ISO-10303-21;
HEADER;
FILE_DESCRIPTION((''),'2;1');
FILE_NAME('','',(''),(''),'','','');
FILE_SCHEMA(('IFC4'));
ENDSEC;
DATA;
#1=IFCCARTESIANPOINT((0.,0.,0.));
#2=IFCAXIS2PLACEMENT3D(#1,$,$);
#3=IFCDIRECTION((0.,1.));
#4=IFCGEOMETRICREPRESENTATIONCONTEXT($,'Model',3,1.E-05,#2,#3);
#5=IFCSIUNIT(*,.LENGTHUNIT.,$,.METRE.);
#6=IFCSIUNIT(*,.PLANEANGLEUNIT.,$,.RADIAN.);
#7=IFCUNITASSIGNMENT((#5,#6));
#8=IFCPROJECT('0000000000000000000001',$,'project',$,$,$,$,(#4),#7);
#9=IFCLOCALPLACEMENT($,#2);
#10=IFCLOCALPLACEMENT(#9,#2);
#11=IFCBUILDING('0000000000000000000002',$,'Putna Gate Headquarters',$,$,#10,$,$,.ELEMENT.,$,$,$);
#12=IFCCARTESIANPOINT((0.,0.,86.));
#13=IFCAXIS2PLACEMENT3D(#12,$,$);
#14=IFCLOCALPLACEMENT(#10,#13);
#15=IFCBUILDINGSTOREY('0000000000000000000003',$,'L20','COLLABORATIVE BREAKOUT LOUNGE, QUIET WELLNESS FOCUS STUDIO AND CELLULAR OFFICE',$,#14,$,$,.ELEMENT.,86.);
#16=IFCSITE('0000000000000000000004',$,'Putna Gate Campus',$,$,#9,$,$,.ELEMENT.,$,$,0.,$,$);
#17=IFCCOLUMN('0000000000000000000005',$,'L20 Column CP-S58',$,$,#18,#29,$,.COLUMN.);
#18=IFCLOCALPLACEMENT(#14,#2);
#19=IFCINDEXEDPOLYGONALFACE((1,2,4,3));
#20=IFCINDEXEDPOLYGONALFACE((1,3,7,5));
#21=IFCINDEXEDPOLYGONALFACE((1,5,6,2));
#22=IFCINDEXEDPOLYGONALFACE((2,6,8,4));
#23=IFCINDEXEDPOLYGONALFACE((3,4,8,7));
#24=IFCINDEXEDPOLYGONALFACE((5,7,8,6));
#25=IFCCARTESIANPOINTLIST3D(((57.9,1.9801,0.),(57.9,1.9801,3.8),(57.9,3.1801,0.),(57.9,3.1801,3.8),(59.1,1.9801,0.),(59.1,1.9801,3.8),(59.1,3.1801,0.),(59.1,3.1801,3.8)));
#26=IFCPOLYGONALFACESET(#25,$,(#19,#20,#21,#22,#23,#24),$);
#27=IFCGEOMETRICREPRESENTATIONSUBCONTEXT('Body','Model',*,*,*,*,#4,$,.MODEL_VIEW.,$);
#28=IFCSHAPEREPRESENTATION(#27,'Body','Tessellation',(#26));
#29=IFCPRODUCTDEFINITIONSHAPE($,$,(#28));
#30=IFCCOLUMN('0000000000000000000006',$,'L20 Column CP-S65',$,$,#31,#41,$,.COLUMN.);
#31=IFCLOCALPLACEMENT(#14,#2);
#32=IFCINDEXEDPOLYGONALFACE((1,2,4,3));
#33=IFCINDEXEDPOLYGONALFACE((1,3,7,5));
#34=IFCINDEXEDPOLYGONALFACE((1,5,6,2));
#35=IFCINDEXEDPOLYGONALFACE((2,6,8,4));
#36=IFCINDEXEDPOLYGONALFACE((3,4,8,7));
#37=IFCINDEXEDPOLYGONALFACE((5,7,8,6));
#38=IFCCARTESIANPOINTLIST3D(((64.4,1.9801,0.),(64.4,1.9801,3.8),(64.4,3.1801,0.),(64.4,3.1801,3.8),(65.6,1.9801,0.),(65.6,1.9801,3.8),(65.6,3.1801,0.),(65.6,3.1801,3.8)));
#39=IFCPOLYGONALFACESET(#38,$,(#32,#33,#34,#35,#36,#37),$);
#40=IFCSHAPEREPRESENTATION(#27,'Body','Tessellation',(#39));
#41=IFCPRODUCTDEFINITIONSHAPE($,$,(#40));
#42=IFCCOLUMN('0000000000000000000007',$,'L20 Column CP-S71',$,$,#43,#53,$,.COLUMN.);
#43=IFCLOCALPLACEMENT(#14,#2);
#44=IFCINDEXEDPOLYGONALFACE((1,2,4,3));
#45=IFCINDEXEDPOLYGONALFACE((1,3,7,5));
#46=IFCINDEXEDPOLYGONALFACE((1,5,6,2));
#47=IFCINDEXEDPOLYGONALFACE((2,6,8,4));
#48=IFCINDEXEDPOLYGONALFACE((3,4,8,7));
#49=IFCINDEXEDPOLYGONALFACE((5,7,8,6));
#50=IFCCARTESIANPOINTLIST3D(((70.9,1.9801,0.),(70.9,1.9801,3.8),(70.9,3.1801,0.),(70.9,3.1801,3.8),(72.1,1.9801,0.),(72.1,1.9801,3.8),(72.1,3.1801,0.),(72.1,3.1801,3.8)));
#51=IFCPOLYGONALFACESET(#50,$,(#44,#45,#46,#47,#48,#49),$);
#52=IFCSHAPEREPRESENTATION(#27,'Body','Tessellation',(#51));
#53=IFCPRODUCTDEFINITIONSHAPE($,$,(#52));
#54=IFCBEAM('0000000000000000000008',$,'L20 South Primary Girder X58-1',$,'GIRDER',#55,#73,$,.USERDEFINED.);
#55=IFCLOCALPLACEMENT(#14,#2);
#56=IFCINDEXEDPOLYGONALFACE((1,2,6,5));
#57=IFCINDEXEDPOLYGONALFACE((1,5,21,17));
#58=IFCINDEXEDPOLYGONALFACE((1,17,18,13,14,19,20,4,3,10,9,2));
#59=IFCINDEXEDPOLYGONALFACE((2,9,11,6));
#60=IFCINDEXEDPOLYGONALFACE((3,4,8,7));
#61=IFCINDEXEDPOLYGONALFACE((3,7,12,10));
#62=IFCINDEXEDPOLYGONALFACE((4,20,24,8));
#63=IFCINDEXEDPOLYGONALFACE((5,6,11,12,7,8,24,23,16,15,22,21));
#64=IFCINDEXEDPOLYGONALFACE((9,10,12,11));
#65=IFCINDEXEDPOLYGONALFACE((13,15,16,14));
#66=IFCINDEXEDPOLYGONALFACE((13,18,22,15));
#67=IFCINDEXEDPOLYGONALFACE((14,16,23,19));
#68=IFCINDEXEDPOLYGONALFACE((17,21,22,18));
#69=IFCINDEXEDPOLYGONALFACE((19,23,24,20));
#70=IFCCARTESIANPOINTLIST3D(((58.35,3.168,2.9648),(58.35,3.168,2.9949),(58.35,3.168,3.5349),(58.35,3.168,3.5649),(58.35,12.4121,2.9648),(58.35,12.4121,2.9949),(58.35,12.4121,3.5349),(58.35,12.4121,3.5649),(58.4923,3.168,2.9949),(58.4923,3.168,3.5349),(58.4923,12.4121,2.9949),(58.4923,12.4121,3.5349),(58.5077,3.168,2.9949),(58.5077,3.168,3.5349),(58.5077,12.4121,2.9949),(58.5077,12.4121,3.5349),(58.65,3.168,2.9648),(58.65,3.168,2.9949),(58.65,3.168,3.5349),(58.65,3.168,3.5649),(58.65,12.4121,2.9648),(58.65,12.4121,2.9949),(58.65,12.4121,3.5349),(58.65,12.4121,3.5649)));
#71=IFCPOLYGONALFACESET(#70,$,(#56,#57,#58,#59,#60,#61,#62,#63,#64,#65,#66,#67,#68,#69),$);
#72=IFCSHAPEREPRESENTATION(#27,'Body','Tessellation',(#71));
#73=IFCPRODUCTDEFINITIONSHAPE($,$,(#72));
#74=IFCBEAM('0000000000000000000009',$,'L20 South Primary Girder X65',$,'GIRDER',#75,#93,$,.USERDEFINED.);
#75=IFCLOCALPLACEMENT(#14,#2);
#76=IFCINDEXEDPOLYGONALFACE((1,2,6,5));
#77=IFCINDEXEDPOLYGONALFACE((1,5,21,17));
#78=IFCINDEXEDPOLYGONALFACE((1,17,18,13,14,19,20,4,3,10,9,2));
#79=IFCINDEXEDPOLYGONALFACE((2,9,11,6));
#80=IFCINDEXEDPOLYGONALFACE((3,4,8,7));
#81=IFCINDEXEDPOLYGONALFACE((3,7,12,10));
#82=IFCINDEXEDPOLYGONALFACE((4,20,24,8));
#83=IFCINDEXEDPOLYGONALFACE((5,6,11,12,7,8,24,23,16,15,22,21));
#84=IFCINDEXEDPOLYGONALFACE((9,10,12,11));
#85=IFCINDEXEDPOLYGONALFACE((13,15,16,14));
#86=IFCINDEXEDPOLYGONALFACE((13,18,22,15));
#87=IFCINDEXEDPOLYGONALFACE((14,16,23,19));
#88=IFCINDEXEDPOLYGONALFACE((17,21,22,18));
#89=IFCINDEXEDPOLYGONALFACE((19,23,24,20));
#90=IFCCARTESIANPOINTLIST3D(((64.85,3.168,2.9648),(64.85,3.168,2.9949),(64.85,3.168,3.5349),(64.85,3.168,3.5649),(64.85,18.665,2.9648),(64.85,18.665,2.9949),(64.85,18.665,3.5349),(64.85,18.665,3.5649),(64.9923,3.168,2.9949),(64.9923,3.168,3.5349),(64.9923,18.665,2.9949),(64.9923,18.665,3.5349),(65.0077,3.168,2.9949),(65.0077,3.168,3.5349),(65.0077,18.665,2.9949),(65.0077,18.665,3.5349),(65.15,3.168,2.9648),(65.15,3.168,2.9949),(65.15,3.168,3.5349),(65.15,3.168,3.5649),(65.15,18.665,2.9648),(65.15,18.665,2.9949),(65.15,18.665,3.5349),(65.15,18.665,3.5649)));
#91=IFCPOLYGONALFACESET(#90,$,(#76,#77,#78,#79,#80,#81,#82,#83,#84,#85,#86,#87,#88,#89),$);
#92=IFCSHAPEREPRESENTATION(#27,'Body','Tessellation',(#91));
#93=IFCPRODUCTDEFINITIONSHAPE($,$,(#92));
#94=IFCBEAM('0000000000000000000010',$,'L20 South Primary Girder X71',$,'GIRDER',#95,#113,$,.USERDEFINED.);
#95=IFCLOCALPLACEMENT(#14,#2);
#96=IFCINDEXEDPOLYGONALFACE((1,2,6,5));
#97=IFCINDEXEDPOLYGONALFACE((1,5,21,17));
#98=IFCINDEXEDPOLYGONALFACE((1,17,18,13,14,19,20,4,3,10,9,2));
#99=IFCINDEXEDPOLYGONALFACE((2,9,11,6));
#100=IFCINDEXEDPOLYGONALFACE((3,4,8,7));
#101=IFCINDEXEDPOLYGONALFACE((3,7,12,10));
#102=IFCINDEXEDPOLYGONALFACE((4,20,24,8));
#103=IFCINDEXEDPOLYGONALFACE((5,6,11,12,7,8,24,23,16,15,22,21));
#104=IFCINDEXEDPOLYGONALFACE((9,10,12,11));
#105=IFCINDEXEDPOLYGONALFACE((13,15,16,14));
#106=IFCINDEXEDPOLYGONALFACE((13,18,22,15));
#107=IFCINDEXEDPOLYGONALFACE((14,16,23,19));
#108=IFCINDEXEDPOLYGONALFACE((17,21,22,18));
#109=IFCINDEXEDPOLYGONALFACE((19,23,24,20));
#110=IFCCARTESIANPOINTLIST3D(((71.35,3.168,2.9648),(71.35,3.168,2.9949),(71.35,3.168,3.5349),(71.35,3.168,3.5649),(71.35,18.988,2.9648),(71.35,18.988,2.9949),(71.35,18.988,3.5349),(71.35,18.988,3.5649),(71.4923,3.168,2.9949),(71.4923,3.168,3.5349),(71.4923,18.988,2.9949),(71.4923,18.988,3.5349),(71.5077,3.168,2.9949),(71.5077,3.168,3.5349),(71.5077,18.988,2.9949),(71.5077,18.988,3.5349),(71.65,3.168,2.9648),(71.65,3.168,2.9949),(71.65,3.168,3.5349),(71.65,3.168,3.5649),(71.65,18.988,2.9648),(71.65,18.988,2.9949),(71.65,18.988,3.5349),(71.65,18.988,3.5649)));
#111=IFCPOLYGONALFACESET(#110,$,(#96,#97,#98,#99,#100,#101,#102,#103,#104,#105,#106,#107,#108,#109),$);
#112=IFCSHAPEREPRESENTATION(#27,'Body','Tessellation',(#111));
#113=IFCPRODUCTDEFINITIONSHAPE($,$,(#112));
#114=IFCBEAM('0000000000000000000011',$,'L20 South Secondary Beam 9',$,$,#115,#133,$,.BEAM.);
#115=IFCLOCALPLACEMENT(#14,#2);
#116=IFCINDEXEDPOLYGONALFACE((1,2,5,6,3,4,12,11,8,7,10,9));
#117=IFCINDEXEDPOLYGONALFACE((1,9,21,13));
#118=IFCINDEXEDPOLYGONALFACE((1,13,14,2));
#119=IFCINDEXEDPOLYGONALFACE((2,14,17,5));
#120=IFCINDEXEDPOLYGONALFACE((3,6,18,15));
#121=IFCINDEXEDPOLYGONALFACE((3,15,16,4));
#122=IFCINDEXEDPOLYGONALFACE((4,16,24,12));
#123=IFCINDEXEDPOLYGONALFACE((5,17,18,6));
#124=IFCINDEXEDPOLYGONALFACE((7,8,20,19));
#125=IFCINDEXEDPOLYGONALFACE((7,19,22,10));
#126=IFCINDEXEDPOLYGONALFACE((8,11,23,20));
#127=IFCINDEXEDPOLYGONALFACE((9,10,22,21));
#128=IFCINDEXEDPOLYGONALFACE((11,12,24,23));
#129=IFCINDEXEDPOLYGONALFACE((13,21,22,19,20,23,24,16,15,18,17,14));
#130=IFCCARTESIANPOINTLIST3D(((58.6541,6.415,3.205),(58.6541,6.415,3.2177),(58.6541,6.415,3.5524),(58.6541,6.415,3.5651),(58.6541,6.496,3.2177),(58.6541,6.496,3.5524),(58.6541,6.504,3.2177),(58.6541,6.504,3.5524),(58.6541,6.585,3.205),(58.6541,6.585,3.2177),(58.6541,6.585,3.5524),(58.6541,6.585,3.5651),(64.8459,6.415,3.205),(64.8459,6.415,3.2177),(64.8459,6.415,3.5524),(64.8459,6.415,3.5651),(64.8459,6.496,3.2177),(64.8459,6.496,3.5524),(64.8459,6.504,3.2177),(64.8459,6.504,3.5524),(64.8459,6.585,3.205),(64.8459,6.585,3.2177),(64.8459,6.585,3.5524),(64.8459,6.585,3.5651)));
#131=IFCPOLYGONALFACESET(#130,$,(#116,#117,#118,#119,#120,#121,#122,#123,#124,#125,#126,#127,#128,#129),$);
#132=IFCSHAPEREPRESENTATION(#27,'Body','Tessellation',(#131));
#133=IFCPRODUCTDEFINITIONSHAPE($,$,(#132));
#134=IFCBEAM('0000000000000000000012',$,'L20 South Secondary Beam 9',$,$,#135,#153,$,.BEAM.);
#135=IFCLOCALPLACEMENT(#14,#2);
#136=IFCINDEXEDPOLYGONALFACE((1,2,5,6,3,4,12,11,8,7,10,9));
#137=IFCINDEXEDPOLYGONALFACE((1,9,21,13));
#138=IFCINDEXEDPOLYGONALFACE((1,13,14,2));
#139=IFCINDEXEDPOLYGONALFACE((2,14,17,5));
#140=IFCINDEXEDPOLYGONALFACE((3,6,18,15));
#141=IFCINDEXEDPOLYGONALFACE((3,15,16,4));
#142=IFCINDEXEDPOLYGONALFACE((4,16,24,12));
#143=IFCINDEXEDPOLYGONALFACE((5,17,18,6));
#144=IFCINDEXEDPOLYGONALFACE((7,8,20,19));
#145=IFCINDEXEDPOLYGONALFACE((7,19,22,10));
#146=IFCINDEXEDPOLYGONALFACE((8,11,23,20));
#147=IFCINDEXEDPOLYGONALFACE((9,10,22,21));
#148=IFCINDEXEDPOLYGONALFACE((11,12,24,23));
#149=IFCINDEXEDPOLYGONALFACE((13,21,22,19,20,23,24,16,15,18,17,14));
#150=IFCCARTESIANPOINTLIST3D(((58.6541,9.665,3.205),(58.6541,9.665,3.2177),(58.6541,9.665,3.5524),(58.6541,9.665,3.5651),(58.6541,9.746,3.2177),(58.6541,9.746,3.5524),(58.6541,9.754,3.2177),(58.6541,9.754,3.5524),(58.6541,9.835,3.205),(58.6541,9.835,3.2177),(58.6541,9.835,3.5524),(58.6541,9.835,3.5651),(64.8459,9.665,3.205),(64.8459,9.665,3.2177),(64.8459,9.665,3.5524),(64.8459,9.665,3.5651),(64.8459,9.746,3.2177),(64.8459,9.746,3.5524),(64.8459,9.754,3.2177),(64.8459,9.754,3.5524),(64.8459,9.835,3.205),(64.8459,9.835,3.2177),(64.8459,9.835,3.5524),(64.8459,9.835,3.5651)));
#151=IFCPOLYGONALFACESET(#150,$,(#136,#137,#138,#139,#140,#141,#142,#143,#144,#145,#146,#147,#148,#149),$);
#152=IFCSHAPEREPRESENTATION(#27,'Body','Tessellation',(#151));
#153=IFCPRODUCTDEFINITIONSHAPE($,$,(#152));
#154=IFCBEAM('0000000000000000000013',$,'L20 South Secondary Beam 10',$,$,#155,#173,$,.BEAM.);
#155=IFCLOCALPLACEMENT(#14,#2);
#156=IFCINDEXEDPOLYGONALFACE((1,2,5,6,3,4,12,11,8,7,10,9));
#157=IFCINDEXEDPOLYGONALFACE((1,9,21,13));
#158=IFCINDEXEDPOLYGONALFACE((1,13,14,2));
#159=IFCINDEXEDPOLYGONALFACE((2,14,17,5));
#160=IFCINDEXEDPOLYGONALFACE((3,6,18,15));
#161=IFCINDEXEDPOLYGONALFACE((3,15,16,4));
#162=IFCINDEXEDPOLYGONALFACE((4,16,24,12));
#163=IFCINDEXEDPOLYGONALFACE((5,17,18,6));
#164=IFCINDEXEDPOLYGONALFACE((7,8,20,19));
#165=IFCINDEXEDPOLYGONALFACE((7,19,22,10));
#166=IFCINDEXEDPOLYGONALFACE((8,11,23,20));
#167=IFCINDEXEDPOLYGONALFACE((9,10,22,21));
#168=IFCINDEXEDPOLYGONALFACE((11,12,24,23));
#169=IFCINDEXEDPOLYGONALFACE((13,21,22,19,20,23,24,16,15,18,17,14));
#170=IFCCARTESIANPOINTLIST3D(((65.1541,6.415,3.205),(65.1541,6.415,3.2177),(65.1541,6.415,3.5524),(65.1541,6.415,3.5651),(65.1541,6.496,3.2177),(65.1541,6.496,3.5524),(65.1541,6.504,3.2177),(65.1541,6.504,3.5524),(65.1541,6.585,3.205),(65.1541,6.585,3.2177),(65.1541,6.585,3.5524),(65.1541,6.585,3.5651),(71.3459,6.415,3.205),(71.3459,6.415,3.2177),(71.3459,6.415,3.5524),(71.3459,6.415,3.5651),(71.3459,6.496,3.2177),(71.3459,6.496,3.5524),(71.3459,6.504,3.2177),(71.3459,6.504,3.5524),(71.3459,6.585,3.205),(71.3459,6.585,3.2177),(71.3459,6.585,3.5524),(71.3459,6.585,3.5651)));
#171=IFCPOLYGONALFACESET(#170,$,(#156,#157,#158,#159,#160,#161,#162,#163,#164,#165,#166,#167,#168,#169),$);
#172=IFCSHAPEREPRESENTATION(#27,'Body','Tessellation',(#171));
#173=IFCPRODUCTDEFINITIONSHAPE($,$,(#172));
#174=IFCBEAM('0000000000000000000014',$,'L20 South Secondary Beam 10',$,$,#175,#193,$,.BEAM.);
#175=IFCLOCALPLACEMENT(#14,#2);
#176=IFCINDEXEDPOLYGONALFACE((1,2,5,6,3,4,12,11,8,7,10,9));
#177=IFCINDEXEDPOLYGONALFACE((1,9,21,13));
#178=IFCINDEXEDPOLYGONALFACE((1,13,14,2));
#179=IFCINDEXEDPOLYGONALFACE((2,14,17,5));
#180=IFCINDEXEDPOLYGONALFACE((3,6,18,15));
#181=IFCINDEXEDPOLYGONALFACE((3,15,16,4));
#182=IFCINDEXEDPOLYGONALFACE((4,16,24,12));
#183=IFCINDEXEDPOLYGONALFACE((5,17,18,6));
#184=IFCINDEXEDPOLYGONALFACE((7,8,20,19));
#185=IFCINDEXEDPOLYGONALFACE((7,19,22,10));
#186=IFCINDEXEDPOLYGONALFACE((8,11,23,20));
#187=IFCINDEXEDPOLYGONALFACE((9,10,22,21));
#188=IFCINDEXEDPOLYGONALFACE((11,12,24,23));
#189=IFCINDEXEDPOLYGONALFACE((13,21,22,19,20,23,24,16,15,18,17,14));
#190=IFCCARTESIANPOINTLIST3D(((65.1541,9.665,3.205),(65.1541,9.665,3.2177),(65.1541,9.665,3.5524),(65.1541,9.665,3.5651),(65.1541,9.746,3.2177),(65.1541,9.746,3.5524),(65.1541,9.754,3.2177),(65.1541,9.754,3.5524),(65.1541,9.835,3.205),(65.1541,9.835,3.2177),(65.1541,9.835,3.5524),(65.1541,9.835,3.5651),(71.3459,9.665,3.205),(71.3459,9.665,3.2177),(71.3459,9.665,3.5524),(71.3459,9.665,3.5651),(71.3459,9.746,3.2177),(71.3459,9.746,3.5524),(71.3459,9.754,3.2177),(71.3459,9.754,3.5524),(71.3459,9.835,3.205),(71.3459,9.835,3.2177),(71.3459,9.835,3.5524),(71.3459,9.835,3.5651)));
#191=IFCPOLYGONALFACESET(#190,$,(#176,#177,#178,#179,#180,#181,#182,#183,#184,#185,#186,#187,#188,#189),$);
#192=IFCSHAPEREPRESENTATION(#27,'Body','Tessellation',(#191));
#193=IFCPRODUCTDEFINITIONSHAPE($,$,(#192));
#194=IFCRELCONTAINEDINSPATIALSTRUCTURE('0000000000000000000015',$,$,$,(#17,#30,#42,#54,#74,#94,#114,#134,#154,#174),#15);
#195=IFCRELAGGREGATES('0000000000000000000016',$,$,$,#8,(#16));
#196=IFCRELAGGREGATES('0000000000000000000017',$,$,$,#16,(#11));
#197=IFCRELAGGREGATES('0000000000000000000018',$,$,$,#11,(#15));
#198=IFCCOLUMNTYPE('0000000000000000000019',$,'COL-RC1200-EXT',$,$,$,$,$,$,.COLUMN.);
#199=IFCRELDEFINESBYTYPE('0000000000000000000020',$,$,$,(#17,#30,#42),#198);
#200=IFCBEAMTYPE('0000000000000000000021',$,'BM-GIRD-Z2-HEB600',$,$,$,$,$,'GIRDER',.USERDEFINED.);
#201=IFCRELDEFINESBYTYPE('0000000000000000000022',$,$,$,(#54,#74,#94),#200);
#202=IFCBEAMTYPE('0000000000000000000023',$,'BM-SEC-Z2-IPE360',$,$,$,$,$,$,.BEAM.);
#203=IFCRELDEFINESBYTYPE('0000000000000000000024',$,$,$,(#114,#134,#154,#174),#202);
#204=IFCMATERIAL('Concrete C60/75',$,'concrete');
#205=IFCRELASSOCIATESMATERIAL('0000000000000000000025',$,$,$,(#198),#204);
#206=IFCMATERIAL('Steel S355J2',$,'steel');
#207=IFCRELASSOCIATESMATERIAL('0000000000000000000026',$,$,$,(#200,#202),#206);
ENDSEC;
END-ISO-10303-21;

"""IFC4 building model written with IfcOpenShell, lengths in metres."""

from ifc_helpers import new_model, si_unit, direction, frame, origin, origin_2d, place, context, subcontext, project, spatial, rectangle, i_section, extrude, material, material_profile, profile_set, type_object, element, save


model = new_model("IFC4")

# Units and contexts
model_context = context("Model", 3, precision=1e-05, world=origin(), true_north=direction((0.0, 1.0)))
body_context = subcontext(model_context, "Body", "Model", "MODEL_VIEW")
ifc_project = project(units=[si_unit("LENGTHUNIT", "METRE"), si_unit("PLANEANGLEUNIT", "RADIAN")], contexts=[model_context])

# Site, building, storey
site_placement = place(None, origin())
site = spatial("IfcSite", under=ifc_project, at=site_placement, Name="Putna Gate Campus", CompositionType="ELEMENT", RefElevation=0.0)
building_placement = place(site_placement, origin())
building = spatial("IfcBuilding", under=site, at=building_placement, Name="Putna Gate Headquarters", CompositionType="ELEMENT")
storey_placement = place(building_placement, frame((0.0, 0.0, 86.0)))
storey = spatial("IfcBuildingStorey", under=building, at=storey_placement, Name="L20", Description="COLLABORATIVE BREAKOUT LOUNGE, QUIET WELLNESS FOCUS STUDIO AND CELLULAR OFFICE", CompositionType="ELEMENT", Elevation=86.0)

# Columns
ifc_material_1 = material(Name="Concrete C60/75", Category="concrete")
ifc_material_profile_1 = material_profile(ifc_material_1, rectangle(XDim=1.2, YDim=1.2, at=origin_2d()), Name="Concrete C60/75")
ifc_profile_set_1 = profile_set([ifc_material_profile_1], Name="Concrete C60/75")
column_type = type_object("IfcColumnType", Name="COL-RC1200-EXT", PredefinedType="COLUMN", material=ifc_profile_set_1)
for number, where, z_axis, x_axis, name in (
    (1, (58.5, 2.5801, 0.0), (0.0, 0.0, 1.0), (1.0, 0.0, 0.0), "L20 Column CP-S58"),
    (2, (65.0, 2.5801, 0.0), (0.0, 0.0, 1.0), (1.0, 0.0, 0.0), "L20 Column CP-S65"),
    (3, (71.5, 2.5801, 0.0), (0.0, 0.0, 1.0), (1.0, 0.0, 0.0), "L20 Column CP-S71"),
):
    element("IfcColumn", number, at=place(storey_placement, frame(where, z_axis=z_axis, x_axis=x_axis)), inside=storey, type_object=column_type, Name=name, PredefinedType="COLUMN", context=body_context, shape_type="SweptSolid", body=[
        extrude(rectangle(XDim=1.2, YDim=1.2, at=origin_2d()), origin(), (0.0, 0.0, 1.0), 3.8),
    ])

# Beams
ifc_material_2 = material(Name="Steel S355J2", Category="steel")
ifc_material_profile_2 = material_profile(ifc_material_2, i_section(OverallWidth=0.3, OverallDepth=0.6001, WebThickness=0.0154, FlangeThickness=0.03, at=origin_2d()), Name="Steel S355J2")
ifc_profile_set_2 = profile_set([ifc_material_profile_2], Name="Steel S355J2")
beam_type_1 = type_object("IfcBeamType", Name="BM-GIRD-Z2-HEB600", ElementType="GIRDER", PredefinedType="USERDEFINED", material=ifc_profile_set_2)
beam_1_placement = place(storey_placement, frame((58.5, 3.168, 3.2649), z_axis=(0.0, 1.0, 0.0), x_axis=(-1.0, 0.0, 0.0)))
element("IfcBeam", 4, at=beam_1_placement, inside=storey, type_object=beam_type_1, Name="L20 South Primary Girder X58-1", ObjectType="GIRDER", PredefinedType="USERDEFINED", context=body_context, shape_type="SweptSolid", body=[
    extrude(i_section(OverallWidth=0.3, OverallDepth=0.6001, WebThickness=0.0154, FlangeThickness=0.03, at=origin_2d()), origin(), (0.0, 0.0, 1.0), 9.2441),
])
beam_2_placement = place(storey_placement, frame((65.0, 3.168, 3.2649), z_axis=(0.0, 1.0, 0.0), x_axis=(-1.0, 0.0, 0.0)))
element("IfcBeam", 5, at=beam_2_placement, inside=storey, type_object=beam_type_1, Name="L20 South Primary Girder X65", ObjectType="GIRDER", PredefinedType="USERDEFINED", context=body_context, shape_type="SweptSolid", body=[
    extrude(i_section(OverallWidth=0.3, OverallDepth=0.6001, WebThickness=0.0154, FlangeThickness=0.03, at=origin_2d()), origin(), (0.0, 0.0, 1.0), 15.4971),
])
beam_3_placement = place(storey_placement, frame((71.5, 3.168, 3.2649), z_axis=(0.0, 1.0, 0.0), x_axis=(-1.0, 0.0, 0.0)))
element("IfcBeam", 6, at=beam_3_placement, inside=storey, type_object=beam_type_1, Name="L20 South Primary Girder X71", ObjectType="GIRDER", PredefinedType="USERDEFINED", context=body_context, shape_type="SweptSolid", body=[
    extrude(i_section(OverallWidth=0.3, OverallDepth=0.6001, WebThickness=0.0154, FlangeThickness=0.03, at=origin_2d()), origin(), (0.0, 0.0, 1.0), 15.8201),
])
ifc_material_profile_3 = material_profile(ifc_material_2, i_section(OverallWidth=0.1699, OverallDepth=0.3601, WebThickness=0.0081, FlangeThickness=0.0127, at=origin_2d()), Name="Steel S355J2")
ifc_profile_set_3 = profile_set([ifc_material_profile_3], Name="Steel S355J2")
beam_type_2 = type_object("IfcBeamType", Name="BM-SEC-Z2-IPE360", PredefinedType="BEAM", material=ifc_profile_set_3)
for number, where, z_axis, x_axis, name in (
    (7, (58.6541, 6.5, 3.385), (1.0, 0.0, 0.0), (0.0, 1.0, 0.0), "L20 South Secondary Beam 9"),
    (8, (58.6541, 9.75, 3.385), (1.0, 0.0, 0.0), (0.0, 1.0, 0.0), "L20 South Secondary Beam 9"),
    (9, (65.1541, 6.5, 3.385), (1.0, 0.0, 0.0), (0.0, 1.0, 0.0), "L20 South Secondary Beam 10"),
    (10, (65.1541, 9.75, 3.385), (1.0, 0.0, 0.0), (0.0, 1.0, 0.0), "L20 South Secondary Beam 10"),
):
    element("IfcBeam", number, at=place(storey_placement, frame(where, z_axis=z_axis, x_axis=x_axis)), inside=storey, type_object=beam_type_2, Name=name, PredefinedType="BEAM", context=body_context, shape_type="SweptSolid", body=[
        extrude(i_section(OverallWidth=0.1699, OverallDepth=0.3601, WebThickness=0.0081, FlangeThickness=0.0127, at=origin_2d()), origin(), (0.0, 0.0, 1.0), 6.1919),
    ])

save(model, "model.ifc")
